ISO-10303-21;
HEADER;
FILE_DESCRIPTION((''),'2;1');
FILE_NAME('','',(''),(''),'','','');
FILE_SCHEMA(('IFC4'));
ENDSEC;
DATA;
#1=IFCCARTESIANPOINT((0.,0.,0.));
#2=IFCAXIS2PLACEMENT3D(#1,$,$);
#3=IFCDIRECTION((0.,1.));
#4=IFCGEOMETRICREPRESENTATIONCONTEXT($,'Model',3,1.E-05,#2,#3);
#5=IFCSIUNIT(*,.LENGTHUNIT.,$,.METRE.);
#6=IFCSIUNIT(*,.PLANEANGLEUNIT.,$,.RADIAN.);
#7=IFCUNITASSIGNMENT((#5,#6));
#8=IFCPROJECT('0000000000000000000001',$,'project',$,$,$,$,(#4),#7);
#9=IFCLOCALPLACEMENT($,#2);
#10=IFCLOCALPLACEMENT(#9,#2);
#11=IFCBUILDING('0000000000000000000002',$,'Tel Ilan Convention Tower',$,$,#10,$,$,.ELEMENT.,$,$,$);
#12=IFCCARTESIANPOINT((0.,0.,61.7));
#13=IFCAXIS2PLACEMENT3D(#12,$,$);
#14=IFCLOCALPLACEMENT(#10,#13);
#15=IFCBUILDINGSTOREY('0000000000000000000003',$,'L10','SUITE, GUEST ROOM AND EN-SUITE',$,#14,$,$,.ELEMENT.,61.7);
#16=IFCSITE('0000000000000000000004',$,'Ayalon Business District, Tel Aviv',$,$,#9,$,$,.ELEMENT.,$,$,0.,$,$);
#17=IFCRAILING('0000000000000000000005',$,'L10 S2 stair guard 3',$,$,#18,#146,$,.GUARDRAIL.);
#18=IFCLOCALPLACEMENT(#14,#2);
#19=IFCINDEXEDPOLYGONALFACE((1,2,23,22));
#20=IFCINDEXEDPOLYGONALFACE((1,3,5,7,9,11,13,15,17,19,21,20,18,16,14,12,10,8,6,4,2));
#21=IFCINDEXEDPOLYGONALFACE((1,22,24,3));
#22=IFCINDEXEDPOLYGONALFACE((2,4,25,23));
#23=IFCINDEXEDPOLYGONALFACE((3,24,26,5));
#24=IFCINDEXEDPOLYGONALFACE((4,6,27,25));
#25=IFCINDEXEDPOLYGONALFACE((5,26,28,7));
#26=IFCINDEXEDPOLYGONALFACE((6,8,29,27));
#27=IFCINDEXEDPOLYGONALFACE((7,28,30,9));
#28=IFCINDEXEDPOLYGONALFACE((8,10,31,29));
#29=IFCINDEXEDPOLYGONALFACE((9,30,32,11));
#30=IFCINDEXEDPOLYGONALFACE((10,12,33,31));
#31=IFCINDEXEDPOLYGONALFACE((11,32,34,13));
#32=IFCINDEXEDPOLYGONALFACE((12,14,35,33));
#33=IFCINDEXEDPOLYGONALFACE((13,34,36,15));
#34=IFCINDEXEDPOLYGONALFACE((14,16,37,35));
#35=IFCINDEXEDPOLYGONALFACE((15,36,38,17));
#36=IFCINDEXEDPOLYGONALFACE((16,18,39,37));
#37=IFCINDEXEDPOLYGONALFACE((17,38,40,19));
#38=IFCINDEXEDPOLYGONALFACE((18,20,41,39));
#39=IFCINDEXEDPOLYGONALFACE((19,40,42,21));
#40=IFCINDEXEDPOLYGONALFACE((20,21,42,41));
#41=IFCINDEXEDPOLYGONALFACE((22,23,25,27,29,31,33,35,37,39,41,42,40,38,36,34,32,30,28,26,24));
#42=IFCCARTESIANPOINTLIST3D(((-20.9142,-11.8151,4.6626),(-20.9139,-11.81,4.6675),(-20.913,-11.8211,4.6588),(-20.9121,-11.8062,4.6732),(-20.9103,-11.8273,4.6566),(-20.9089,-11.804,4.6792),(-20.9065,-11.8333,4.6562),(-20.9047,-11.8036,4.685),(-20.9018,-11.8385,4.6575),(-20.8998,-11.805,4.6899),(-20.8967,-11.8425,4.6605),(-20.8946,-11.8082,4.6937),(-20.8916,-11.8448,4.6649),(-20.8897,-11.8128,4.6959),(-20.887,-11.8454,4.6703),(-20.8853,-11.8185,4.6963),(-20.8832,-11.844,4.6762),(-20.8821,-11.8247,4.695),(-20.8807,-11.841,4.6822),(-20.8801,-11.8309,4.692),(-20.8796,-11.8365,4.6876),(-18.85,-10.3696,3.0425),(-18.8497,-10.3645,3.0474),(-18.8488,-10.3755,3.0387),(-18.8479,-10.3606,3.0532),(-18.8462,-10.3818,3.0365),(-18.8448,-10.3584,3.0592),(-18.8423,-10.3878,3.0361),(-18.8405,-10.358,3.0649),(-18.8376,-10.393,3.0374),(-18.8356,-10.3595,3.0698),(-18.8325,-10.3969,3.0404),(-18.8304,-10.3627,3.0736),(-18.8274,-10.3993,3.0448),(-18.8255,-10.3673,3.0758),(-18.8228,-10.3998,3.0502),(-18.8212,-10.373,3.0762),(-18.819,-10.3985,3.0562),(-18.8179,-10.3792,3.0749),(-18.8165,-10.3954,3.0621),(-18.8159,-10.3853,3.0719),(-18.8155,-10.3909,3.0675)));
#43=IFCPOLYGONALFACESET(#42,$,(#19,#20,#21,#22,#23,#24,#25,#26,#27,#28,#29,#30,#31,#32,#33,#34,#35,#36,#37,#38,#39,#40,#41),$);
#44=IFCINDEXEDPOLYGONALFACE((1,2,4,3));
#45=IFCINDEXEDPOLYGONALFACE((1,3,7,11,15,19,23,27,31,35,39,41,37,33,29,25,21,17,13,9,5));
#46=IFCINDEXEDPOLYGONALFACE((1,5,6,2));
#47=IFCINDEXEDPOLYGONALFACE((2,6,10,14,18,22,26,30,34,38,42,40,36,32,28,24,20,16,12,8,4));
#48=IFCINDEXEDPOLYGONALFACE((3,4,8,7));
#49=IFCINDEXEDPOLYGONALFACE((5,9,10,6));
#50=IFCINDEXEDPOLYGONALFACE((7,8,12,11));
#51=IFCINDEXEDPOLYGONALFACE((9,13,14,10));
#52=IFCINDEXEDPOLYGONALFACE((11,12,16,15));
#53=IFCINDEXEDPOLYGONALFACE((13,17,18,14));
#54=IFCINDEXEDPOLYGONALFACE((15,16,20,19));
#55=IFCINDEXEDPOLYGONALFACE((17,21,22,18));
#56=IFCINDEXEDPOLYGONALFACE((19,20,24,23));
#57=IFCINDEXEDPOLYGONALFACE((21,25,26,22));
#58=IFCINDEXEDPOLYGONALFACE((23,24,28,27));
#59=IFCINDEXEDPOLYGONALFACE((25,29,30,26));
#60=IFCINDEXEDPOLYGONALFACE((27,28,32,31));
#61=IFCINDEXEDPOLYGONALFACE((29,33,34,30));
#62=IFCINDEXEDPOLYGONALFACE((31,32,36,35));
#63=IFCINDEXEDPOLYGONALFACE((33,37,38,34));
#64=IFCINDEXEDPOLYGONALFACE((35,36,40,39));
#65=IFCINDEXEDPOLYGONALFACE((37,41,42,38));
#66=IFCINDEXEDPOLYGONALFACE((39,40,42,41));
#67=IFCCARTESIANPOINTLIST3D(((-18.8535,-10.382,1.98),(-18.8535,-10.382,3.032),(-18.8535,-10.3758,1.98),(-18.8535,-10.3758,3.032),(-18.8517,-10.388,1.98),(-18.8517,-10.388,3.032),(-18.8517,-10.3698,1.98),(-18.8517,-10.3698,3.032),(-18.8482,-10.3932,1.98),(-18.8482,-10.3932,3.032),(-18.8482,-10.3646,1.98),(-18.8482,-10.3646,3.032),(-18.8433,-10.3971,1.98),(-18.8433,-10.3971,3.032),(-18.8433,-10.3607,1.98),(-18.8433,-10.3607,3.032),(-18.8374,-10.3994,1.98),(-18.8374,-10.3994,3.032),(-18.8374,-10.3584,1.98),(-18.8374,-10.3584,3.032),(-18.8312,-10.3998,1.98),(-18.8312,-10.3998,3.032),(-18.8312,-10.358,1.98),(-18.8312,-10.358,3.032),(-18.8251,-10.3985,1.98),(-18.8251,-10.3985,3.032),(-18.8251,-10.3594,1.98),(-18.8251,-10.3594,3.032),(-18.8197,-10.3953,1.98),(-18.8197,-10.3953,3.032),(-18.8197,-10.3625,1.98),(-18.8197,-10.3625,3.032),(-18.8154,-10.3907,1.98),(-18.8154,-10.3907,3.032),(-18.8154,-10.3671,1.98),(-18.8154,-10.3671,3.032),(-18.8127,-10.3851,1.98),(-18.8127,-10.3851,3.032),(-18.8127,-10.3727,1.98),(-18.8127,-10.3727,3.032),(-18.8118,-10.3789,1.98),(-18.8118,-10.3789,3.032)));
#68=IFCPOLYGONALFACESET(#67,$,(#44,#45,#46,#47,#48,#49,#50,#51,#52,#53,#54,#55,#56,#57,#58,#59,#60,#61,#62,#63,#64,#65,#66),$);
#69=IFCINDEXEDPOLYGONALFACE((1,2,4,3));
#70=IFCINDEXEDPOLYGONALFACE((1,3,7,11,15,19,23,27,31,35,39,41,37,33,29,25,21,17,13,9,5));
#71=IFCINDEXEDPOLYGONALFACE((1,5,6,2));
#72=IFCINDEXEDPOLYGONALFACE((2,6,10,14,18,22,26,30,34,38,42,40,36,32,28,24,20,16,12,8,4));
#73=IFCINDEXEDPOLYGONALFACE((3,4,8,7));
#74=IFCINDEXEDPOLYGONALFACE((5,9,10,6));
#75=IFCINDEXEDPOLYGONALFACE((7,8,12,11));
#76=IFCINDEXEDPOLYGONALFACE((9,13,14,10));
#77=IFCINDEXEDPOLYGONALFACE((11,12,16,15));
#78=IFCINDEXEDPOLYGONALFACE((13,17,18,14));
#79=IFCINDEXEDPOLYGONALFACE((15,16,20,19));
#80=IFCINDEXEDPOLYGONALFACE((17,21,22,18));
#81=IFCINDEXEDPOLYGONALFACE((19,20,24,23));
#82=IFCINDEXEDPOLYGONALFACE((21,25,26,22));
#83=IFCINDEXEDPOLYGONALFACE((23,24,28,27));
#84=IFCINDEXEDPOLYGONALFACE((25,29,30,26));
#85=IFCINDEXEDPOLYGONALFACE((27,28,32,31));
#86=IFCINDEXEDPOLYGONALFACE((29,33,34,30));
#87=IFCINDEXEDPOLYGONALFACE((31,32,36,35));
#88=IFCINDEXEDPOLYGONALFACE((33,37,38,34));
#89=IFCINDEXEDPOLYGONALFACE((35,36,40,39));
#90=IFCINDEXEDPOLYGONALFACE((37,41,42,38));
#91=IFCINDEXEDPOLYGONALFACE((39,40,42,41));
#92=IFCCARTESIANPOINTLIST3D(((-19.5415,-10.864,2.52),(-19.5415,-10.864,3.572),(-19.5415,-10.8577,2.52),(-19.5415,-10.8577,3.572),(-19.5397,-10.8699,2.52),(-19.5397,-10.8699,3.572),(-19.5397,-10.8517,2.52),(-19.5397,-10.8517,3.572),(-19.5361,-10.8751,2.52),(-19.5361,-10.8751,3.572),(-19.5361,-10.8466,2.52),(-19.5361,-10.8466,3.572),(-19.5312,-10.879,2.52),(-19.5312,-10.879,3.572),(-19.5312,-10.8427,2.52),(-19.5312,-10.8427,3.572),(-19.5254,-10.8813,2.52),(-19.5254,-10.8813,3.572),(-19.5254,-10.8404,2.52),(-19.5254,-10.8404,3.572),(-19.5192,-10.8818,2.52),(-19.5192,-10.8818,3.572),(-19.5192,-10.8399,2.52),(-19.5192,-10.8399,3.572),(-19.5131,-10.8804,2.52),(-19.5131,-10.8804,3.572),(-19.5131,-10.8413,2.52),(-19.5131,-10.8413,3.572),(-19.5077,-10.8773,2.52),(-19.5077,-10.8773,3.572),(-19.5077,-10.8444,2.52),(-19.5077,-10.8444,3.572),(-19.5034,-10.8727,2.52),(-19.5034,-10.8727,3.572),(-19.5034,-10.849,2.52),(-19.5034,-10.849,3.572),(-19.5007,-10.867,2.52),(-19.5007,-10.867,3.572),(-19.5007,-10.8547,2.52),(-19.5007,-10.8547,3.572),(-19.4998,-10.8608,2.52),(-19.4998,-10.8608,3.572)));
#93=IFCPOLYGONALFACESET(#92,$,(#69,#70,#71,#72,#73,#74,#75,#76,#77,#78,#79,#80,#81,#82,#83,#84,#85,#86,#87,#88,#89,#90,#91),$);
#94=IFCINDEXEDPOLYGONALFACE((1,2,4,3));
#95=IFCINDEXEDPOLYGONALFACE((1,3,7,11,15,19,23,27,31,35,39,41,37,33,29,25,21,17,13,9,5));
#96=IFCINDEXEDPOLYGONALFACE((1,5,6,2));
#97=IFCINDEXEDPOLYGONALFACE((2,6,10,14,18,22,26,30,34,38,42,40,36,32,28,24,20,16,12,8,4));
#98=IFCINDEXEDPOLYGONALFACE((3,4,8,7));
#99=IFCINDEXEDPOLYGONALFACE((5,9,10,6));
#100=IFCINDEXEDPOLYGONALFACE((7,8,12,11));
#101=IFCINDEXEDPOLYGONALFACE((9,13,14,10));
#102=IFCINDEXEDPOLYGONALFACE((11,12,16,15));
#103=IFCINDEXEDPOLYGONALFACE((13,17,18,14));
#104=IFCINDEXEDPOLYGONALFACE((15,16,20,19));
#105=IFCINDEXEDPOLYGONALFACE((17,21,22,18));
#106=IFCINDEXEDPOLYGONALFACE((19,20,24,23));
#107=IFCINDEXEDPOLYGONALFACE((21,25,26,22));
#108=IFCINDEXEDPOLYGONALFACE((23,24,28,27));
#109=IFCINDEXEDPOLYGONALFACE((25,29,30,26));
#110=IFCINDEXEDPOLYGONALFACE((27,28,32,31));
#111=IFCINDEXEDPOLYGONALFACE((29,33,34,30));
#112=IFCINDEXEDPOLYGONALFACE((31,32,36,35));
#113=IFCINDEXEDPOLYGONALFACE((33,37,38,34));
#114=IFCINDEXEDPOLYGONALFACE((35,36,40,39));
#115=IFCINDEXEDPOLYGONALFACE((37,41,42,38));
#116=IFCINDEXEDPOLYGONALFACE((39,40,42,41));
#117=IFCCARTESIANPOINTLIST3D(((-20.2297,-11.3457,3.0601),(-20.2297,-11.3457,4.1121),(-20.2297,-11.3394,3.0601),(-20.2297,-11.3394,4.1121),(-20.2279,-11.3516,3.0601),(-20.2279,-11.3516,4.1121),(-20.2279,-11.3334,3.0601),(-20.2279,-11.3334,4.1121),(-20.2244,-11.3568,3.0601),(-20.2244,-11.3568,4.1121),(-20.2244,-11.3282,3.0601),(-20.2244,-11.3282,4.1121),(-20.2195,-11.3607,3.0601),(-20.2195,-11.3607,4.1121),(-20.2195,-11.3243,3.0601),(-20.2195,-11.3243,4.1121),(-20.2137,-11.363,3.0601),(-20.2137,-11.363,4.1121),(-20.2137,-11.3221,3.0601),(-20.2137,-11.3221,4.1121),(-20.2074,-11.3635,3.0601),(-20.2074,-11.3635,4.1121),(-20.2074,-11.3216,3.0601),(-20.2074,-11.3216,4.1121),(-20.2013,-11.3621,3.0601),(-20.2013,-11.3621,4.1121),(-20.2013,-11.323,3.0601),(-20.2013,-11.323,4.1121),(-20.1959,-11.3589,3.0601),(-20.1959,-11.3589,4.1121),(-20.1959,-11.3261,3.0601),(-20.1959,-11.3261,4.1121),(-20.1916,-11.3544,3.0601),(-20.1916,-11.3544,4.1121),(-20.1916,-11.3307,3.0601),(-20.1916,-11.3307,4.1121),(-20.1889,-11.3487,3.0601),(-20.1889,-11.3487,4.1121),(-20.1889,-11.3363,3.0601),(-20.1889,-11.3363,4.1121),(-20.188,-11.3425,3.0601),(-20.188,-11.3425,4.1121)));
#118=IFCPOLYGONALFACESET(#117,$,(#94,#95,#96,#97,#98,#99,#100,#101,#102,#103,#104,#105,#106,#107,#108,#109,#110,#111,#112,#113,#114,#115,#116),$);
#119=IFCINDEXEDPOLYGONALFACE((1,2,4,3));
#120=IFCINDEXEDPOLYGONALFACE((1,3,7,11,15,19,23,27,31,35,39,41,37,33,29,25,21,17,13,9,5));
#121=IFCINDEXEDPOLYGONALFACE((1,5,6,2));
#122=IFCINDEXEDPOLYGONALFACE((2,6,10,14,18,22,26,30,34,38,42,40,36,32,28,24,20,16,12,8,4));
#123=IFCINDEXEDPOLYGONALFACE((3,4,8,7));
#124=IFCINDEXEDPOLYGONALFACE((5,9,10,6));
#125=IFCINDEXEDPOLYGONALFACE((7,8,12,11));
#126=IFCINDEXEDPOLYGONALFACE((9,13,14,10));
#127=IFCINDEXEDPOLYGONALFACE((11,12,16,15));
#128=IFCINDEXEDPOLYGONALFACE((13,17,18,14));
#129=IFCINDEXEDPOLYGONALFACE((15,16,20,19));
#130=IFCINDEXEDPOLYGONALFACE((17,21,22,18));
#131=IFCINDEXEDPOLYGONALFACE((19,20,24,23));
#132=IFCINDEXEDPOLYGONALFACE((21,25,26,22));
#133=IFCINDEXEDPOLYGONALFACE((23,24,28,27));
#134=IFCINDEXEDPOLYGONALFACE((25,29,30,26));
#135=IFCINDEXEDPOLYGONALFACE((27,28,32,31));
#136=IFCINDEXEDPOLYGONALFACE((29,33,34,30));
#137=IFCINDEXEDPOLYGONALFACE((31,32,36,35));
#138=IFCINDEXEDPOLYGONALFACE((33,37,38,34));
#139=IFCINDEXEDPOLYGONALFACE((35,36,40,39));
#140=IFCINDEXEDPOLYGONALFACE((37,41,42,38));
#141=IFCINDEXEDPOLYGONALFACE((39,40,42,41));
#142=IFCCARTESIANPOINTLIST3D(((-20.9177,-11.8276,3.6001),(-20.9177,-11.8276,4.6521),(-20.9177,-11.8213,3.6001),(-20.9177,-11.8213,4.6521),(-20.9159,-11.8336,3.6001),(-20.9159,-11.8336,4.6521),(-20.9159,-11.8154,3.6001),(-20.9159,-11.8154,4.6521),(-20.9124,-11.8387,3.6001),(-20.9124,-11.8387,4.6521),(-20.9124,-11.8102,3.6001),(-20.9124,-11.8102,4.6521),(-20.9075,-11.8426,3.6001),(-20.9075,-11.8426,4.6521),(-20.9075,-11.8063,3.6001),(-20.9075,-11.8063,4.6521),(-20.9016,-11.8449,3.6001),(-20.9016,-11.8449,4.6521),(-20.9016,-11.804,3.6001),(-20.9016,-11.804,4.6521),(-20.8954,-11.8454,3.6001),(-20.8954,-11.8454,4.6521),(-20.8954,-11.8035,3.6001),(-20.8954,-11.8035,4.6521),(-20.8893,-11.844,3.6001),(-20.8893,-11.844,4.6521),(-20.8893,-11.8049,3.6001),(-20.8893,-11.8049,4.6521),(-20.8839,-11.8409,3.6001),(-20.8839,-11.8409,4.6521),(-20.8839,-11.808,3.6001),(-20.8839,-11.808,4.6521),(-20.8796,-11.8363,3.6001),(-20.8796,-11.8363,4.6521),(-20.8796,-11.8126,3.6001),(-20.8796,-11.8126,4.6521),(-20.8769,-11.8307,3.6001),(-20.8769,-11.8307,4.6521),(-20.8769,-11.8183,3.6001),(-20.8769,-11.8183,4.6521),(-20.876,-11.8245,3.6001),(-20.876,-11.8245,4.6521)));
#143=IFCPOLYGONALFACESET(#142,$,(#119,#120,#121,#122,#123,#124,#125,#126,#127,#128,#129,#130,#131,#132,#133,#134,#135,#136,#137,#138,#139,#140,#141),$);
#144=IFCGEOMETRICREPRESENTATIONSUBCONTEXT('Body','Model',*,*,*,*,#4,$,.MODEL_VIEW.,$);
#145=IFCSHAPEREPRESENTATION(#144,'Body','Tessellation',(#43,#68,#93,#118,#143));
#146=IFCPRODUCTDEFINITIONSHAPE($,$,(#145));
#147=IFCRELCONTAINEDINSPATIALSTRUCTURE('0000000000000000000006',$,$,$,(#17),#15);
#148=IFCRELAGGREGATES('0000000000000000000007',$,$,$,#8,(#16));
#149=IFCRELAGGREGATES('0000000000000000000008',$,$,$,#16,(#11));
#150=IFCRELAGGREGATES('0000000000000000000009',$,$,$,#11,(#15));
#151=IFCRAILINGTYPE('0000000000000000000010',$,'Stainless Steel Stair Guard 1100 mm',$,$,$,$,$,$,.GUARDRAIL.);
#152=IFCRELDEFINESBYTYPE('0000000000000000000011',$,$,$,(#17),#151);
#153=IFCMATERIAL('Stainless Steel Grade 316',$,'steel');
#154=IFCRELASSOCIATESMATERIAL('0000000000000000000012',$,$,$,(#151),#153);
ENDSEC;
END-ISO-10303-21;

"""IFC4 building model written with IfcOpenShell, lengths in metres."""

from ifc_helpers import new_model, si_unit, direction, frame, origin, origin_2d, place, context, subcontext, project, spatial, circle, extrude, material, type_object, element, save


model = new_model("IFC4")

# Units and contexts
model_context = context("Model", 3, precision=1e-05, world=origin(), true_north=direction((0.0, 1.0)))
body_context = subcontext(model_context, "Body", "Model", "MODEL_VIEW")
ifc_project = project(units=[si_unit("LENGTHUNIT", "METRE"), si_unit("PLANEANGLEUNIT", "RADIAN")], contexts=[model_context])

# Site, building, storey
site_placement = place(None, origin())
site = spatial("IfcSite", under=ifc_project, at=site_placement, Name="Ayalon Business District, Tel Aviv", CompositionType="ELEMENT", RefElevation=0.0)
building_placement = place(site_placement, origin())
building = spatial("IfcBuilding", under=site, at=building_placement, Name="Tel Ilan Convention Tower", CompositionType="ELEMENT")
storey_placement = place(building_placement, frame((0.0, 0.0, 61.7)))
storey = spatial("IfcBuildingStorey", under=building, at=storey_placement, Name="L10", Description="SUITE, GUEST ROOM AND EN-SUITE", CompositionType="ELEMENT", Elevation=61.7)

# Railing
ifc_material_1 = material(Name="Stainless Steel Grade 316", Category="steel")
railing_type_1 = type_object("IfcRailingType", Name="Stainless Steel Stair Guard 1100 mm", PredefinedType="GUARDRAIL", material=ifc_material_1)
railing_1_placement = place(storey_placement, frame((-18.8328, -10.3789, 1.98)))
element("IfcRailing", 1, at=railing_1_placement, inside=storey, type_object=railing_type_1, Name="L10 S2 stair guard 3", PredefinedType="GUARDRAIL", context=body_context, shape_type="SweptSolid", body=[
    extrude(circle(Radius=0.0239, at=origin_2d()), frame((0.0, 0.0, 1.0762), z_axis=(-0.689013, -0.482513, 0.540779), x_axis=(0.573625, -0.819118, 0.0)), (0.0, 0.0, 1.0), 2.9958),
    extrude(circle(Radius=0.021, at=origin_2d()), origin(), (0.0, 0.0, 1.0), 1.052),
    extrude(circle(Radius=0.021, at=origin_2d()), frame((-0.688, -0.4819, 0.54)), (0.0, 0.0, 1.0), 1.052),
    extrude(circle(Radius=0.021, at=origin_2d()), frame((-1.3762, -0.9636, 1.0801)), (0.0, 0.0, 1.0), 1.052),
    extrude(circle(Radius=0.021, at=origin_2d()), frame((-2.0642, -1.4456, 1.6201)), (0.0, 0.0, 1.0), 1.052),
])

save(model, "model.ifc")
